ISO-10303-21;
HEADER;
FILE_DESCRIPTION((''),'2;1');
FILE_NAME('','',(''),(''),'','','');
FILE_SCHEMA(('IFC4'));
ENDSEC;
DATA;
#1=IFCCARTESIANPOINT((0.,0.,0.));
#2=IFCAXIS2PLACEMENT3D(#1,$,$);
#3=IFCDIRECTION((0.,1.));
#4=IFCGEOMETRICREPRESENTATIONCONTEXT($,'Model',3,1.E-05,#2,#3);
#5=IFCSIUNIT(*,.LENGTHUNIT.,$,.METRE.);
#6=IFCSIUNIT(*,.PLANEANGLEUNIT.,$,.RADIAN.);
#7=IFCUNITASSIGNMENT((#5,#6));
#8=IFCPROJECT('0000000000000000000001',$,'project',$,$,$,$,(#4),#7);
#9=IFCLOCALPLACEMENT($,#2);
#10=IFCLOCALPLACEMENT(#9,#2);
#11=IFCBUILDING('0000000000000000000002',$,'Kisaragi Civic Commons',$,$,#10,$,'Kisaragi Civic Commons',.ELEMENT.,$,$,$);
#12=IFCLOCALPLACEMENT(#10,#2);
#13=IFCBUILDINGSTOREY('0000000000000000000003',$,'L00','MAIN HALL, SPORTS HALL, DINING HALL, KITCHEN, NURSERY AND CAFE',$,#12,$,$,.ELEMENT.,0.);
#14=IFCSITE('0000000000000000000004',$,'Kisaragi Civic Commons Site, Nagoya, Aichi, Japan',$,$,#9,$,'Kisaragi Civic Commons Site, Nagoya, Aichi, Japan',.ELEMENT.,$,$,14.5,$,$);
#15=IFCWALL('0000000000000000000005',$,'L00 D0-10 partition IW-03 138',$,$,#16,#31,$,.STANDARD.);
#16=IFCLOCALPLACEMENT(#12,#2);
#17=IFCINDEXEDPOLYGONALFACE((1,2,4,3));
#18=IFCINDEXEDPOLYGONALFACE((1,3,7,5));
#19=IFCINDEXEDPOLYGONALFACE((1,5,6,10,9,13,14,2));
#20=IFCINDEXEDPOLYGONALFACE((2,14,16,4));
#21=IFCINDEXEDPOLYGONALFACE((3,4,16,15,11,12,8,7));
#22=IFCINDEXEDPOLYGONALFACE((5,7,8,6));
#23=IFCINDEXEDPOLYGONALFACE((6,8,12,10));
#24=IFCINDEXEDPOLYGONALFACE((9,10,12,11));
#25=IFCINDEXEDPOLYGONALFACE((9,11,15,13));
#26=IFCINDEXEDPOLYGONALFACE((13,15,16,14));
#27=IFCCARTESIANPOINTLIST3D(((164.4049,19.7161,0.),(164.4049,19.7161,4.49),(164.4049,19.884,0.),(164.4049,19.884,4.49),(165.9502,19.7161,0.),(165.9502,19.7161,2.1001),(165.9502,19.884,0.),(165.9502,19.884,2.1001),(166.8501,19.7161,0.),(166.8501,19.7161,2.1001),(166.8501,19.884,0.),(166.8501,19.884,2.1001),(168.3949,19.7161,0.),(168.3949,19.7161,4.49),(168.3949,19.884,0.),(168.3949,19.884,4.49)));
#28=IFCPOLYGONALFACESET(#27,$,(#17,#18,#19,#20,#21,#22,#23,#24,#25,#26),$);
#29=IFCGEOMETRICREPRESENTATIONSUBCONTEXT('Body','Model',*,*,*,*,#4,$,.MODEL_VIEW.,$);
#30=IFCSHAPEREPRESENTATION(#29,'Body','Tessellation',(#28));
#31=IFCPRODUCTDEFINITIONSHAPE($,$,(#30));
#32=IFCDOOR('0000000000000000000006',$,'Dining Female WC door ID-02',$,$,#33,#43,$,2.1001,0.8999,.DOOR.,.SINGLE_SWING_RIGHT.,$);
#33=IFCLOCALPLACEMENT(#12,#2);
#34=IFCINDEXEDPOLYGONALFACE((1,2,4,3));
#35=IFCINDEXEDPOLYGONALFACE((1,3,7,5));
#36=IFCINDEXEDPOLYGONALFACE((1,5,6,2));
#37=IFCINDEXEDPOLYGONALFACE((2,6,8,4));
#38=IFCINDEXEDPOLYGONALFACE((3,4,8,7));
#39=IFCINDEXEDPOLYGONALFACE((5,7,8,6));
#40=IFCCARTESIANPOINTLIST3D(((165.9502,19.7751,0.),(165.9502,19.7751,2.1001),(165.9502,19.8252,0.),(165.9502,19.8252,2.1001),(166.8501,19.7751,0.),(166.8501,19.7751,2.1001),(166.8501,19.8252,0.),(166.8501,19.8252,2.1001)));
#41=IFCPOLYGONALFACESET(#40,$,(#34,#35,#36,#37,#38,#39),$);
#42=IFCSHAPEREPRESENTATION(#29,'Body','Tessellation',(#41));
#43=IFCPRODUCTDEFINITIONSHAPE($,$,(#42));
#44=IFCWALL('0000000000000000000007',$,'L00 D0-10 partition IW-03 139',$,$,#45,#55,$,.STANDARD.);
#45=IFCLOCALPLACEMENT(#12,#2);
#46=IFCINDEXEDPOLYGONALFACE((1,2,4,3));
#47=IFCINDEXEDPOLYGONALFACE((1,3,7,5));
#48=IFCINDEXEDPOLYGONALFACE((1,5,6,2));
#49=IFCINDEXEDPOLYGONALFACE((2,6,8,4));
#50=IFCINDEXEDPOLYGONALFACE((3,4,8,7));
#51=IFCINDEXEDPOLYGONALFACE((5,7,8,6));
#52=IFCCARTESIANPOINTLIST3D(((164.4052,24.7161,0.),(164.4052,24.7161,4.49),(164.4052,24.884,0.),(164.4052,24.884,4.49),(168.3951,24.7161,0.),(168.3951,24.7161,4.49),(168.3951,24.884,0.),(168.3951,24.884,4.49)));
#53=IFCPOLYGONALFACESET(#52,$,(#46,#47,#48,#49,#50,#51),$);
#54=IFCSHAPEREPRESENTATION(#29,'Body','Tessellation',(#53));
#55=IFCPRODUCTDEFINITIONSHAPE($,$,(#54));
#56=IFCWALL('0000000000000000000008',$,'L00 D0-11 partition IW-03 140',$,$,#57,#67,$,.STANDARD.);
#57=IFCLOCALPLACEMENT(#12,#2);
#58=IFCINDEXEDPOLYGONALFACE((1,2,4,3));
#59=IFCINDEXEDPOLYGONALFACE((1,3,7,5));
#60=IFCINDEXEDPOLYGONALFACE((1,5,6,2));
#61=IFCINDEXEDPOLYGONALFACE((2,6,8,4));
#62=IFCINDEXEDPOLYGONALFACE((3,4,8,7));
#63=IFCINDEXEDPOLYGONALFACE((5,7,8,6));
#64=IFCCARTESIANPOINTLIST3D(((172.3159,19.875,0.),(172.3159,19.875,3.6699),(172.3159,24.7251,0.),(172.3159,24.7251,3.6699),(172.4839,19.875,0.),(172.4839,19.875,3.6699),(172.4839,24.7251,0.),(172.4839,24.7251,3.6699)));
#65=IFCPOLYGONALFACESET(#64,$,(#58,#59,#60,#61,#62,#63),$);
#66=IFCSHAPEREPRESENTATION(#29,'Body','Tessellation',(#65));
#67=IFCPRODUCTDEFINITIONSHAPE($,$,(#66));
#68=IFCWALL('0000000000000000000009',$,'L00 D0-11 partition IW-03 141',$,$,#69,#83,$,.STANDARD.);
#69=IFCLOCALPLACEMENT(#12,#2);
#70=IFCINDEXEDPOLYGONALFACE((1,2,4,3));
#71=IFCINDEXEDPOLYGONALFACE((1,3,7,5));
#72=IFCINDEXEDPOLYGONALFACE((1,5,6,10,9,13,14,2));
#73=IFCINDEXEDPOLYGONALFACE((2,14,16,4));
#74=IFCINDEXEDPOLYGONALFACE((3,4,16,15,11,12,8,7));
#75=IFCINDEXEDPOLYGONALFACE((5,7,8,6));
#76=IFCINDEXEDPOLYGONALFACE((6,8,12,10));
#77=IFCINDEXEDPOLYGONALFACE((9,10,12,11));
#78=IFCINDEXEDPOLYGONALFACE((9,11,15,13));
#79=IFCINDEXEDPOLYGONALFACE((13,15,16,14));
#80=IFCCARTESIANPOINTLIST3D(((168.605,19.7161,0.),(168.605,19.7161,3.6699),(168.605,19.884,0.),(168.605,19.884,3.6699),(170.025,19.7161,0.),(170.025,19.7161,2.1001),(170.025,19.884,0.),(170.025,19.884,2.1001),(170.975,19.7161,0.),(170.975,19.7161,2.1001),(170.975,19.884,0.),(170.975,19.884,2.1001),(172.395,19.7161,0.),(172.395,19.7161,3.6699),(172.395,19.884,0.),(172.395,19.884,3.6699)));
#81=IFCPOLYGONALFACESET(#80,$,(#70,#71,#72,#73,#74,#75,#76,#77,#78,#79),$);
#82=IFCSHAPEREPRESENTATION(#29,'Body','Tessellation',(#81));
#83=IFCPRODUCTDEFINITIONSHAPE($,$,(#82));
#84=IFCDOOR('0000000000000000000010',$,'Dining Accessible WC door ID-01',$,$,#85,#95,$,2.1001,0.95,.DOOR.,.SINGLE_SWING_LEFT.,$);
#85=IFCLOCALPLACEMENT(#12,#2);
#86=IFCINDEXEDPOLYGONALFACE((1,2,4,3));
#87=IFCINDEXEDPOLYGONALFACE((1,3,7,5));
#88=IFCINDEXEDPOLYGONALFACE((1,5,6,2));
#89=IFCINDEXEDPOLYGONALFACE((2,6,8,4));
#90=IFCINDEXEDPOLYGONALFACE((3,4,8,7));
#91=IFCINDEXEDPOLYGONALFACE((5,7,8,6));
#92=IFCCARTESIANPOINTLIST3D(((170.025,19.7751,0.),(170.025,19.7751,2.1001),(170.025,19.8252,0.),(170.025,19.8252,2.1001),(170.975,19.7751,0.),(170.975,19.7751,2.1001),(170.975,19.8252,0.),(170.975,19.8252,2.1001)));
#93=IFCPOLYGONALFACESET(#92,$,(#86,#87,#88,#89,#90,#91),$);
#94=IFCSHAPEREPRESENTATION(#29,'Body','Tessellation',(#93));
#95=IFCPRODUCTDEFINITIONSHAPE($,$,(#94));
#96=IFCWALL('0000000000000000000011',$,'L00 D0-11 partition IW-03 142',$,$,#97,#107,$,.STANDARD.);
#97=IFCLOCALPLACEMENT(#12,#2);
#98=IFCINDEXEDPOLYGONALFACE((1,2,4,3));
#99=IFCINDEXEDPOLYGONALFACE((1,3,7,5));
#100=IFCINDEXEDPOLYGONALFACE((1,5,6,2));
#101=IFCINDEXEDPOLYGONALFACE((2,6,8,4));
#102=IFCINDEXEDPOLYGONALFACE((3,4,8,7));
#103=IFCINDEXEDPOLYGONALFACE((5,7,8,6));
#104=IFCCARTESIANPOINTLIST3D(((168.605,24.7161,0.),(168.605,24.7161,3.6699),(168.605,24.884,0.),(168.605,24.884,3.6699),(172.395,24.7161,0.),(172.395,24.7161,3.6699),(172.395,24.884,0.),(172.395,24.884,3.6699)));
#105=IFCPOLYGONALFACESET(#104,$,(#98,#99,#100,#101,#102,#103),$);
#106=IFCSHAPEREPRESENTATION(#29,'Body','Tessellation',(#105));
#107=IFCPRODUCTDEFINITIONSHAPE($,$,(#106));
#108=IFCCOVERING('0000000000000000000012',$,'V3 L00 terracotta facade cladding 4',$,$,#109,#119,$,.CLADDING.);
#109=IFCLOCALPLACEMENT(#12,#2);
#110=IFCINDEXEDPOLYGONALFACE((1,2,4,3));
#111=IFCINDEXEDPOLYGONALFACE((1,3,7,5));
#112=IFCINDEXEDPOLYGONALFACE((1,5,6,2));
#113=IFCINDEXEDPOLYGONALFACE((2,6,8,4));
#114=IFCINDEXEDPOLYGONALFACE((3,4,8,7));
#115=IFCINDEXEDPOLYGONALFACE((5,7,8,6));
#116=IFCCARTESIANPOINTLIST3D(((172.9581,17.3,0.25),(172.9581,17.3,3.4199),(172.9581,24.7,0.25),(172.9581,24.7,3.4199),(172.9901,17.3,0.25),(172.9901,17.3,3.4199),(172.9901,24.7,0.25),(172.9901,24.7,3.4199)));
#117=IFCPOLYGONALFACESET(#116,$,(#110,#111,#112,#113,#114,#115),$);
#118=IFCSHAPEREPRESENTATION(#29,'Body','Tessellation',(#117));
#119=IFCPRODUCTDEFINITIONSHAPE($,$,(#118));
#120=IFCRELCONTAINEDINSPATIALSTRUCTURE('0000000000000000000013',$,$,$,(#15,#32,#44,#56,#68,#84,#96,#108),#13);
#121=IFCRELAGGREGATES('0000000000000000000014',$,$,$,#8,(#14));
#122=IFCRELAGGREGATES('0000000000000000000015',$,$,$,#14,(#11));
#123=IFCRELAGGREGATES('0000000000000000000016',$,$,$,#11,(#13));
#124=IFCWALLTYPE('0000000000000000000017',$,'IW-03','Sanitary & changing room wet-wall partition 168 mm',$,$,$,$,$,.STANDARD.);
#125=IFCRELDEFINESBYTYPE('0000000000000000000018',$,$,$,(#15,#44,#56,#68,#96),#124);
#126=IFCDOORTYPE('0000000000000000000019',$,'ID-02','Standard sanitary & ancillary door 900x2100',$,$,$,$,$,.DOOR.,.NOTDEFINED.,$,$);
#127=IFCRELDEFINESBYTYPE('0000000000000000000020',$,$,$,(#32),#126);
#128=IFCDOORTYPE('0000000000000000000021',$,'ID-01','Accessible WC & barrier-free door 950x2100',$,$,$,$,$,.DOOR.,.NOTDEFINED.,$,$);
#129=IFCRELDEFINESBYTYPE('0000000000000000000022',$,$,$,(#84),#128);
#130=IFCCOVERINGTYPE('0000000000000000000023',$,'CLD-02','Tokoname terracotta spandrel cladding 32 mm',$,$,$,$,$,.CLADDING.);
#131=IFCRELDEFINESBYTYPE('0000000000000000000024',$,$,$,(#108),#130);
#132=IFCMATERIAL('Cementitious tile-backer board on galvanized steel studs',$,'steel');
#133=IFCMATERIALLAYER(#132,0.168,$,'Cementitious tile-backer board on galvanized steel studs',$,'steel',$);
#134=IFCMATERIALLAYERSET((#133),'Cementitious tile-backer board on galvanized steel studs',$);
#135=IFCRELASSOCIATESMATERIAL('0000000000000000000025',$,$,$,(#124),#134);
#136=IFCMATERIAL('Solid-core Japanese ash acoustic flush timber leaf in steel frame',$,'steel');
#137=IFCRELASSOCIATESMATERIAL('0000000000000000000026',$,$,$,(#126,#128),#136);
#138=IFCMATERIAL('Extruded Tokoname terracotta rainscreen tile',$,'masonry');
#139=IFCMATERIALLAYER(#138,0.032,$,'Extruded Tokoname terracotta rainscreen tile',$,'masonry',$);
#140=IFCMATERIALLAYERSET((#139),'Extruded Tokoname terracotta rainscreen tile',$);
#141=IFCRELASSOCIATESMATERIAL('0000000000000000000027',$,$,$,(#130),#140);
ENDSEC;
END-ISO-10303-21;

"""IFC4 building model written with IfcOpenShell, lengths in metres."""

from ifc_helpers import new_model, si_unit, direction, frame, frame_2d, origin, origin_2d, place, context, subcontext, project, spatial, rectangle, extrude, material, layer, layer_set, type_object, element, fill, save


model = new_model("IFC4")

# Units and contexts
model_context = context("Model", 3, precision=1e-05, world=origin(), true_north=direction((0.0, 1.0)))
body_context = subcontext(model_context, "Body", "Model", "MODEL_VIEW")
ifc_project = project(units=[si_unit("LENGTHUNIT", "METRE"), si_unit("PLANEANGLEUNIT", "RADIAN")], contexts=[model_context])

# Site, building, storey
site_placement = place(None, origin())
site = spatial("IfcSite", under=ifc_project, at=site_placement, Name="Kisaragi Civic Commons Site, Nagoya, Aichi, Japan", LongName="Kisaragi Civic Commons Site, Nagoya, Aichi, Japan", CompositionType="ELEMENT", RefElevation=14.5)
building_placement = place(site_placement, origin())
building = spatial("IfcBuilding", under=site, at=building_placement, Name="Kisaragi Civic Commons", LongName="Kisaragi Civic Commons", CompositionType="ELEMENT")
storey_placement = place(building_placement, origin())
storey = spatial("IfcBuildingStorey", under=building, at=storey_placement, Name="L00", Description="MAIN HALL, SPORTS HALL, DINING HALL, KITCHEN, NURSERY AND CAFE", CompositionType="ELEMENT", Elevation=0.0)

# Shared definitions
ifc_material_1 = material(Name="Cementitious tile-backer board on galvanized steel studs", Category="steel")
ifc_layer_1 = layer(ifc_material_1, 0.168, Name="Cementitious tile-backer board on galvanized steel studs", Category="steel")
ifc_layer_set_1 = layer_set([ifc_layer_1], Name="Cementitious tile-backer board on galvanized steel studs")
wall_type_1 = type_object("IfcWallType", Name="IW-03", Description="Sanitary & changing room wet-wall partition 168 mm", PredefinedType="STANDARD", material=ifc_layer_set_1)

# Shared definitions
ifc_material_2 = material(Name="Solid-core Japanese ash acoustic flush timber leaf in steel frame", Category="steel")
door_type_1 = type_object("IfcDoorType", Name="ID-02", Description="Standard sanitary & ancillary door 900x2100", OperationType="NOTDEFINED", PredefinedType="DOOR", material=ifc_material_2)

# Wall, opening, door
wall_1_placement = place(storey_placement, frame((168.395, 19.8, 0.0), z_axis=(0.0, 0.0, 1.0), x_axis=(-1.0, 0.0, 0.0)))
wall_1 = element("IfcWall", 1, at=wall_1_placement, inside=storey, type_object=wall_type_1, Name="L00 D0-10 partition IW-03 138", PredefinedType="STANDARD", context=body_context, shape_type="SweptSolid", body=[
    extrude(rectangle(XDim=3.99, YDim=0.168, at=frame_2d((1.9951, 0.0))), origin(), (0.0, 0.0, 1.0), 4.49),
])
opening_1_placement = place(wall_1_placement, frame((1.5449, 0.0, 0.0)))
opening_1 = element("IfcOpeningElement", 2, at=opening_1_placement, cuts=wall_1, PredefinedType="OPENING", context=body_context, shape_type="SweptSolid", body=[
    extrude(rectangle(XDim=0.8999, YDim=2.1001, at=frame_2d((0.45, 1.05))), frame((0.0, 0.094, 0.0), z_axis=(0.0, -1.0, 0.0), x_axis=(1.0, 0.0, 0.0)), (0.0, 0.0, 1.0), 0.188),
])
door_1_placement = place(opening_1_placement, origin())
door_1 = element("IfcDoor", 3, at=door_1_placement, inside=storey, type_object=door_type_1, Name="Dining Female WC door ID-02", OperationType="SINGLE_SWING_RIGHT", OverallHeight=2.1001, OverallWidth=0.8999, PredefinedType="DOOR", context=body_context, shape_type="SweptSolid", body=[
    extrude(rectangle(XDim=0.8999, YDim=2.1001, at=frame_2d((0.45, 1.05))), frame((0.0, 0.0249, 0.0), z_axis=(0.0, -1.0, 0.0), x_axis=(1.0, 0.0, 0.0)), (0.0, 0.0, 1.0), 0.05),
])
fill(opening_1, door_1)

# Walls
wall_2_placement = place(storey_placement, frame((164.405, 24.8, 0.0), z_axis=(0.0, 0.0, 1.0), x_axis=(1.0, 0.0, 0.0)))
element("IfcWall", 4, at=wall_2_placement, inside=storey, type_object=wall_type_1, Name="L00 D0-10 partition IW-03 139", PredefinedType="STANDARD", context=body_context, shape_type="SweptSolid", body=[
    extrude(rectangle(XDim=3.99, YDim=0.168, at=frame_2d((1.9951, 0.0))), origin(), (0.0, 0.0, 1.0), 4.49),
])
wall_3_placement = place(storey_placement, frame((172.3999, 24.7251, 0.0), z_axis=(0.0, 0.0, 1.0), x_axis=(0.0, -1.0, 0.0)))
element("IfcWall", 5, at=wall_3_placement, inside=storey, type_object=wall_type_1, Name="L00 D0-11 partition IW-03 140", PredefinedType="STANDARD", context=body_context, shape_type="SweptSolid", body=[
    extrude(rectangle(XDim=4.8501, YDim=0.168, at=frame_2d((2.425, 0.0))), origin(), (0.0, 0.0, 1.0), 3.6699),
])

# Wall, opening, door
wall_4_placement = place(storey_placement, frame((172.395, 19.8, 0.0), z_axis=(0.0, 0.0, 1.0), x_axis=(-1.0, 0.0, 0.0)))
wall_4 = element("IfcWall", 6, at=wall_4_placement, inside=storey, type_object=wall_type_1, Name="L00 D0-11 partition IW-03 141", PredefinedType="STANDARD", context=body_context, shape_type="SweptSolid", body=[
    extrude(rectangle(XDim=3.79, YDim=0.168, at=frame_2d((1.895, 0.0))), origin(), (0.0, 0.0, 1.0), 3.6699),
])
opening_2_placement = place(wall_4_placement, frame((1.4199, 0.0, 0.0)))
opening_2 = element("IfcOpeningElement", 7, at=opening_2_placement, cuts=wall_4, PredefinedType="OPENING", context=body_context, shape_type="SweptSolid", body=[
    extrude(rectangle(XDim=0.95, YDim=2.1001, at=frame_2d((0.4751, 1.05))), frame((0.0, 0.094, 0.0), z_axis=(0.0, -1.0, 0.0), x_axis=(1.0, 0.0, 0.0)), (0.0, 0.0, 1.0), 0.188),
])
door_type_2 = type_object("IfcDoorType", Name="ID-01", Description="Accessible WC & barrier-free door 950x2100", OperationType="NOTDEFINED", PredefinedType="DOOR", material=ifc_material_2)
door_2_placement = place(opening_2_placement, origin())
door_2 = element("IfcDoor", 8, at=door_2_placement, inside=storey, type_object=door_type_2, Name="Dining Accessible WC door ID-01", OperationType="SINGLE_SWING_LEFT", OverallHeight=2.1001, OverallWidth=0.95, PredefinedType="DOOR", context=body_context, shape_type="SweptSolid", body=[
    extrude(rectangle(XDim=0.95, YDim=2.1001, at=frame_2d((0.4751, 1.05))), frame((0.0, 0.0249, 0.0), z_axis=(0.0, -1.0, 0.0), x_axis=(1.0, 0.0, 0.0)), (0.0, 0.0, 1.0), 0.05),
])
fill(opening_2, door_2)

# Wall
wall_5_placement = place(storey_placement, frame((168.605, 24.8, 0.0), z_axis=(0.0, 0.0, 1.0), x_axis=(1.0, 0.0, 0.0)))
element("IfcWall", 9, at=wall_5_placement, inside=storey, type_object=wall_type_1, Name="L00 D0-11 partition IW-03 142", PredefinedType="STANDARD", context=body_context, shape_type="SweptSolid", body=[
    extrude(rectangle(XDim=3.79, YDim=0.168, at=frame_2d((1.895, 0.0))), origin(), (0.0, 0.0, 1.0), 3.6699),
])

# Covering
ifc_material_3 = material(Name="Extruded Tokoname terracotta rainscreen tile", Category="masonry")
ifc_layer_2 = layer(ifc_material_3, 0.032, Name="Extruded Tokoname terracotta rainscreen tile", Category="masonry")
ifc_layer_set_2 = layer_set([ifc_layer_2], Name="Extruded Tokoname terracotta rainscreen tile")
covering_type = type_object("IfcCoveringType", Name="CLD-02", Description="Tokoname terracotta spandrel cladding 32 mm", PredefinedType="CLADDING", material=ifc_layer_set_2)
covering_placement = place(storey_placement, frame((172.9741, 21.0, 0.25), z_axis=(0.0, 0.0, 1.0), x_axis=(0.0, -1.0, 0.0)))
element("IfcCovering", 10, at=covering_placement, inside=storey, type_object=covering_type, Name="V3 L00 terracotta facade cladding 4", PredefinedType="CLADDING", context=body_context, shape_type="SweptSolid", body=[
    extrude(rectangle(XDim=7.3999, YDim=0.032, at=origin_2d()), origin(), (0.0, 0.0, 1.0), 3.1699),
])

save(model, "model.ifc")
